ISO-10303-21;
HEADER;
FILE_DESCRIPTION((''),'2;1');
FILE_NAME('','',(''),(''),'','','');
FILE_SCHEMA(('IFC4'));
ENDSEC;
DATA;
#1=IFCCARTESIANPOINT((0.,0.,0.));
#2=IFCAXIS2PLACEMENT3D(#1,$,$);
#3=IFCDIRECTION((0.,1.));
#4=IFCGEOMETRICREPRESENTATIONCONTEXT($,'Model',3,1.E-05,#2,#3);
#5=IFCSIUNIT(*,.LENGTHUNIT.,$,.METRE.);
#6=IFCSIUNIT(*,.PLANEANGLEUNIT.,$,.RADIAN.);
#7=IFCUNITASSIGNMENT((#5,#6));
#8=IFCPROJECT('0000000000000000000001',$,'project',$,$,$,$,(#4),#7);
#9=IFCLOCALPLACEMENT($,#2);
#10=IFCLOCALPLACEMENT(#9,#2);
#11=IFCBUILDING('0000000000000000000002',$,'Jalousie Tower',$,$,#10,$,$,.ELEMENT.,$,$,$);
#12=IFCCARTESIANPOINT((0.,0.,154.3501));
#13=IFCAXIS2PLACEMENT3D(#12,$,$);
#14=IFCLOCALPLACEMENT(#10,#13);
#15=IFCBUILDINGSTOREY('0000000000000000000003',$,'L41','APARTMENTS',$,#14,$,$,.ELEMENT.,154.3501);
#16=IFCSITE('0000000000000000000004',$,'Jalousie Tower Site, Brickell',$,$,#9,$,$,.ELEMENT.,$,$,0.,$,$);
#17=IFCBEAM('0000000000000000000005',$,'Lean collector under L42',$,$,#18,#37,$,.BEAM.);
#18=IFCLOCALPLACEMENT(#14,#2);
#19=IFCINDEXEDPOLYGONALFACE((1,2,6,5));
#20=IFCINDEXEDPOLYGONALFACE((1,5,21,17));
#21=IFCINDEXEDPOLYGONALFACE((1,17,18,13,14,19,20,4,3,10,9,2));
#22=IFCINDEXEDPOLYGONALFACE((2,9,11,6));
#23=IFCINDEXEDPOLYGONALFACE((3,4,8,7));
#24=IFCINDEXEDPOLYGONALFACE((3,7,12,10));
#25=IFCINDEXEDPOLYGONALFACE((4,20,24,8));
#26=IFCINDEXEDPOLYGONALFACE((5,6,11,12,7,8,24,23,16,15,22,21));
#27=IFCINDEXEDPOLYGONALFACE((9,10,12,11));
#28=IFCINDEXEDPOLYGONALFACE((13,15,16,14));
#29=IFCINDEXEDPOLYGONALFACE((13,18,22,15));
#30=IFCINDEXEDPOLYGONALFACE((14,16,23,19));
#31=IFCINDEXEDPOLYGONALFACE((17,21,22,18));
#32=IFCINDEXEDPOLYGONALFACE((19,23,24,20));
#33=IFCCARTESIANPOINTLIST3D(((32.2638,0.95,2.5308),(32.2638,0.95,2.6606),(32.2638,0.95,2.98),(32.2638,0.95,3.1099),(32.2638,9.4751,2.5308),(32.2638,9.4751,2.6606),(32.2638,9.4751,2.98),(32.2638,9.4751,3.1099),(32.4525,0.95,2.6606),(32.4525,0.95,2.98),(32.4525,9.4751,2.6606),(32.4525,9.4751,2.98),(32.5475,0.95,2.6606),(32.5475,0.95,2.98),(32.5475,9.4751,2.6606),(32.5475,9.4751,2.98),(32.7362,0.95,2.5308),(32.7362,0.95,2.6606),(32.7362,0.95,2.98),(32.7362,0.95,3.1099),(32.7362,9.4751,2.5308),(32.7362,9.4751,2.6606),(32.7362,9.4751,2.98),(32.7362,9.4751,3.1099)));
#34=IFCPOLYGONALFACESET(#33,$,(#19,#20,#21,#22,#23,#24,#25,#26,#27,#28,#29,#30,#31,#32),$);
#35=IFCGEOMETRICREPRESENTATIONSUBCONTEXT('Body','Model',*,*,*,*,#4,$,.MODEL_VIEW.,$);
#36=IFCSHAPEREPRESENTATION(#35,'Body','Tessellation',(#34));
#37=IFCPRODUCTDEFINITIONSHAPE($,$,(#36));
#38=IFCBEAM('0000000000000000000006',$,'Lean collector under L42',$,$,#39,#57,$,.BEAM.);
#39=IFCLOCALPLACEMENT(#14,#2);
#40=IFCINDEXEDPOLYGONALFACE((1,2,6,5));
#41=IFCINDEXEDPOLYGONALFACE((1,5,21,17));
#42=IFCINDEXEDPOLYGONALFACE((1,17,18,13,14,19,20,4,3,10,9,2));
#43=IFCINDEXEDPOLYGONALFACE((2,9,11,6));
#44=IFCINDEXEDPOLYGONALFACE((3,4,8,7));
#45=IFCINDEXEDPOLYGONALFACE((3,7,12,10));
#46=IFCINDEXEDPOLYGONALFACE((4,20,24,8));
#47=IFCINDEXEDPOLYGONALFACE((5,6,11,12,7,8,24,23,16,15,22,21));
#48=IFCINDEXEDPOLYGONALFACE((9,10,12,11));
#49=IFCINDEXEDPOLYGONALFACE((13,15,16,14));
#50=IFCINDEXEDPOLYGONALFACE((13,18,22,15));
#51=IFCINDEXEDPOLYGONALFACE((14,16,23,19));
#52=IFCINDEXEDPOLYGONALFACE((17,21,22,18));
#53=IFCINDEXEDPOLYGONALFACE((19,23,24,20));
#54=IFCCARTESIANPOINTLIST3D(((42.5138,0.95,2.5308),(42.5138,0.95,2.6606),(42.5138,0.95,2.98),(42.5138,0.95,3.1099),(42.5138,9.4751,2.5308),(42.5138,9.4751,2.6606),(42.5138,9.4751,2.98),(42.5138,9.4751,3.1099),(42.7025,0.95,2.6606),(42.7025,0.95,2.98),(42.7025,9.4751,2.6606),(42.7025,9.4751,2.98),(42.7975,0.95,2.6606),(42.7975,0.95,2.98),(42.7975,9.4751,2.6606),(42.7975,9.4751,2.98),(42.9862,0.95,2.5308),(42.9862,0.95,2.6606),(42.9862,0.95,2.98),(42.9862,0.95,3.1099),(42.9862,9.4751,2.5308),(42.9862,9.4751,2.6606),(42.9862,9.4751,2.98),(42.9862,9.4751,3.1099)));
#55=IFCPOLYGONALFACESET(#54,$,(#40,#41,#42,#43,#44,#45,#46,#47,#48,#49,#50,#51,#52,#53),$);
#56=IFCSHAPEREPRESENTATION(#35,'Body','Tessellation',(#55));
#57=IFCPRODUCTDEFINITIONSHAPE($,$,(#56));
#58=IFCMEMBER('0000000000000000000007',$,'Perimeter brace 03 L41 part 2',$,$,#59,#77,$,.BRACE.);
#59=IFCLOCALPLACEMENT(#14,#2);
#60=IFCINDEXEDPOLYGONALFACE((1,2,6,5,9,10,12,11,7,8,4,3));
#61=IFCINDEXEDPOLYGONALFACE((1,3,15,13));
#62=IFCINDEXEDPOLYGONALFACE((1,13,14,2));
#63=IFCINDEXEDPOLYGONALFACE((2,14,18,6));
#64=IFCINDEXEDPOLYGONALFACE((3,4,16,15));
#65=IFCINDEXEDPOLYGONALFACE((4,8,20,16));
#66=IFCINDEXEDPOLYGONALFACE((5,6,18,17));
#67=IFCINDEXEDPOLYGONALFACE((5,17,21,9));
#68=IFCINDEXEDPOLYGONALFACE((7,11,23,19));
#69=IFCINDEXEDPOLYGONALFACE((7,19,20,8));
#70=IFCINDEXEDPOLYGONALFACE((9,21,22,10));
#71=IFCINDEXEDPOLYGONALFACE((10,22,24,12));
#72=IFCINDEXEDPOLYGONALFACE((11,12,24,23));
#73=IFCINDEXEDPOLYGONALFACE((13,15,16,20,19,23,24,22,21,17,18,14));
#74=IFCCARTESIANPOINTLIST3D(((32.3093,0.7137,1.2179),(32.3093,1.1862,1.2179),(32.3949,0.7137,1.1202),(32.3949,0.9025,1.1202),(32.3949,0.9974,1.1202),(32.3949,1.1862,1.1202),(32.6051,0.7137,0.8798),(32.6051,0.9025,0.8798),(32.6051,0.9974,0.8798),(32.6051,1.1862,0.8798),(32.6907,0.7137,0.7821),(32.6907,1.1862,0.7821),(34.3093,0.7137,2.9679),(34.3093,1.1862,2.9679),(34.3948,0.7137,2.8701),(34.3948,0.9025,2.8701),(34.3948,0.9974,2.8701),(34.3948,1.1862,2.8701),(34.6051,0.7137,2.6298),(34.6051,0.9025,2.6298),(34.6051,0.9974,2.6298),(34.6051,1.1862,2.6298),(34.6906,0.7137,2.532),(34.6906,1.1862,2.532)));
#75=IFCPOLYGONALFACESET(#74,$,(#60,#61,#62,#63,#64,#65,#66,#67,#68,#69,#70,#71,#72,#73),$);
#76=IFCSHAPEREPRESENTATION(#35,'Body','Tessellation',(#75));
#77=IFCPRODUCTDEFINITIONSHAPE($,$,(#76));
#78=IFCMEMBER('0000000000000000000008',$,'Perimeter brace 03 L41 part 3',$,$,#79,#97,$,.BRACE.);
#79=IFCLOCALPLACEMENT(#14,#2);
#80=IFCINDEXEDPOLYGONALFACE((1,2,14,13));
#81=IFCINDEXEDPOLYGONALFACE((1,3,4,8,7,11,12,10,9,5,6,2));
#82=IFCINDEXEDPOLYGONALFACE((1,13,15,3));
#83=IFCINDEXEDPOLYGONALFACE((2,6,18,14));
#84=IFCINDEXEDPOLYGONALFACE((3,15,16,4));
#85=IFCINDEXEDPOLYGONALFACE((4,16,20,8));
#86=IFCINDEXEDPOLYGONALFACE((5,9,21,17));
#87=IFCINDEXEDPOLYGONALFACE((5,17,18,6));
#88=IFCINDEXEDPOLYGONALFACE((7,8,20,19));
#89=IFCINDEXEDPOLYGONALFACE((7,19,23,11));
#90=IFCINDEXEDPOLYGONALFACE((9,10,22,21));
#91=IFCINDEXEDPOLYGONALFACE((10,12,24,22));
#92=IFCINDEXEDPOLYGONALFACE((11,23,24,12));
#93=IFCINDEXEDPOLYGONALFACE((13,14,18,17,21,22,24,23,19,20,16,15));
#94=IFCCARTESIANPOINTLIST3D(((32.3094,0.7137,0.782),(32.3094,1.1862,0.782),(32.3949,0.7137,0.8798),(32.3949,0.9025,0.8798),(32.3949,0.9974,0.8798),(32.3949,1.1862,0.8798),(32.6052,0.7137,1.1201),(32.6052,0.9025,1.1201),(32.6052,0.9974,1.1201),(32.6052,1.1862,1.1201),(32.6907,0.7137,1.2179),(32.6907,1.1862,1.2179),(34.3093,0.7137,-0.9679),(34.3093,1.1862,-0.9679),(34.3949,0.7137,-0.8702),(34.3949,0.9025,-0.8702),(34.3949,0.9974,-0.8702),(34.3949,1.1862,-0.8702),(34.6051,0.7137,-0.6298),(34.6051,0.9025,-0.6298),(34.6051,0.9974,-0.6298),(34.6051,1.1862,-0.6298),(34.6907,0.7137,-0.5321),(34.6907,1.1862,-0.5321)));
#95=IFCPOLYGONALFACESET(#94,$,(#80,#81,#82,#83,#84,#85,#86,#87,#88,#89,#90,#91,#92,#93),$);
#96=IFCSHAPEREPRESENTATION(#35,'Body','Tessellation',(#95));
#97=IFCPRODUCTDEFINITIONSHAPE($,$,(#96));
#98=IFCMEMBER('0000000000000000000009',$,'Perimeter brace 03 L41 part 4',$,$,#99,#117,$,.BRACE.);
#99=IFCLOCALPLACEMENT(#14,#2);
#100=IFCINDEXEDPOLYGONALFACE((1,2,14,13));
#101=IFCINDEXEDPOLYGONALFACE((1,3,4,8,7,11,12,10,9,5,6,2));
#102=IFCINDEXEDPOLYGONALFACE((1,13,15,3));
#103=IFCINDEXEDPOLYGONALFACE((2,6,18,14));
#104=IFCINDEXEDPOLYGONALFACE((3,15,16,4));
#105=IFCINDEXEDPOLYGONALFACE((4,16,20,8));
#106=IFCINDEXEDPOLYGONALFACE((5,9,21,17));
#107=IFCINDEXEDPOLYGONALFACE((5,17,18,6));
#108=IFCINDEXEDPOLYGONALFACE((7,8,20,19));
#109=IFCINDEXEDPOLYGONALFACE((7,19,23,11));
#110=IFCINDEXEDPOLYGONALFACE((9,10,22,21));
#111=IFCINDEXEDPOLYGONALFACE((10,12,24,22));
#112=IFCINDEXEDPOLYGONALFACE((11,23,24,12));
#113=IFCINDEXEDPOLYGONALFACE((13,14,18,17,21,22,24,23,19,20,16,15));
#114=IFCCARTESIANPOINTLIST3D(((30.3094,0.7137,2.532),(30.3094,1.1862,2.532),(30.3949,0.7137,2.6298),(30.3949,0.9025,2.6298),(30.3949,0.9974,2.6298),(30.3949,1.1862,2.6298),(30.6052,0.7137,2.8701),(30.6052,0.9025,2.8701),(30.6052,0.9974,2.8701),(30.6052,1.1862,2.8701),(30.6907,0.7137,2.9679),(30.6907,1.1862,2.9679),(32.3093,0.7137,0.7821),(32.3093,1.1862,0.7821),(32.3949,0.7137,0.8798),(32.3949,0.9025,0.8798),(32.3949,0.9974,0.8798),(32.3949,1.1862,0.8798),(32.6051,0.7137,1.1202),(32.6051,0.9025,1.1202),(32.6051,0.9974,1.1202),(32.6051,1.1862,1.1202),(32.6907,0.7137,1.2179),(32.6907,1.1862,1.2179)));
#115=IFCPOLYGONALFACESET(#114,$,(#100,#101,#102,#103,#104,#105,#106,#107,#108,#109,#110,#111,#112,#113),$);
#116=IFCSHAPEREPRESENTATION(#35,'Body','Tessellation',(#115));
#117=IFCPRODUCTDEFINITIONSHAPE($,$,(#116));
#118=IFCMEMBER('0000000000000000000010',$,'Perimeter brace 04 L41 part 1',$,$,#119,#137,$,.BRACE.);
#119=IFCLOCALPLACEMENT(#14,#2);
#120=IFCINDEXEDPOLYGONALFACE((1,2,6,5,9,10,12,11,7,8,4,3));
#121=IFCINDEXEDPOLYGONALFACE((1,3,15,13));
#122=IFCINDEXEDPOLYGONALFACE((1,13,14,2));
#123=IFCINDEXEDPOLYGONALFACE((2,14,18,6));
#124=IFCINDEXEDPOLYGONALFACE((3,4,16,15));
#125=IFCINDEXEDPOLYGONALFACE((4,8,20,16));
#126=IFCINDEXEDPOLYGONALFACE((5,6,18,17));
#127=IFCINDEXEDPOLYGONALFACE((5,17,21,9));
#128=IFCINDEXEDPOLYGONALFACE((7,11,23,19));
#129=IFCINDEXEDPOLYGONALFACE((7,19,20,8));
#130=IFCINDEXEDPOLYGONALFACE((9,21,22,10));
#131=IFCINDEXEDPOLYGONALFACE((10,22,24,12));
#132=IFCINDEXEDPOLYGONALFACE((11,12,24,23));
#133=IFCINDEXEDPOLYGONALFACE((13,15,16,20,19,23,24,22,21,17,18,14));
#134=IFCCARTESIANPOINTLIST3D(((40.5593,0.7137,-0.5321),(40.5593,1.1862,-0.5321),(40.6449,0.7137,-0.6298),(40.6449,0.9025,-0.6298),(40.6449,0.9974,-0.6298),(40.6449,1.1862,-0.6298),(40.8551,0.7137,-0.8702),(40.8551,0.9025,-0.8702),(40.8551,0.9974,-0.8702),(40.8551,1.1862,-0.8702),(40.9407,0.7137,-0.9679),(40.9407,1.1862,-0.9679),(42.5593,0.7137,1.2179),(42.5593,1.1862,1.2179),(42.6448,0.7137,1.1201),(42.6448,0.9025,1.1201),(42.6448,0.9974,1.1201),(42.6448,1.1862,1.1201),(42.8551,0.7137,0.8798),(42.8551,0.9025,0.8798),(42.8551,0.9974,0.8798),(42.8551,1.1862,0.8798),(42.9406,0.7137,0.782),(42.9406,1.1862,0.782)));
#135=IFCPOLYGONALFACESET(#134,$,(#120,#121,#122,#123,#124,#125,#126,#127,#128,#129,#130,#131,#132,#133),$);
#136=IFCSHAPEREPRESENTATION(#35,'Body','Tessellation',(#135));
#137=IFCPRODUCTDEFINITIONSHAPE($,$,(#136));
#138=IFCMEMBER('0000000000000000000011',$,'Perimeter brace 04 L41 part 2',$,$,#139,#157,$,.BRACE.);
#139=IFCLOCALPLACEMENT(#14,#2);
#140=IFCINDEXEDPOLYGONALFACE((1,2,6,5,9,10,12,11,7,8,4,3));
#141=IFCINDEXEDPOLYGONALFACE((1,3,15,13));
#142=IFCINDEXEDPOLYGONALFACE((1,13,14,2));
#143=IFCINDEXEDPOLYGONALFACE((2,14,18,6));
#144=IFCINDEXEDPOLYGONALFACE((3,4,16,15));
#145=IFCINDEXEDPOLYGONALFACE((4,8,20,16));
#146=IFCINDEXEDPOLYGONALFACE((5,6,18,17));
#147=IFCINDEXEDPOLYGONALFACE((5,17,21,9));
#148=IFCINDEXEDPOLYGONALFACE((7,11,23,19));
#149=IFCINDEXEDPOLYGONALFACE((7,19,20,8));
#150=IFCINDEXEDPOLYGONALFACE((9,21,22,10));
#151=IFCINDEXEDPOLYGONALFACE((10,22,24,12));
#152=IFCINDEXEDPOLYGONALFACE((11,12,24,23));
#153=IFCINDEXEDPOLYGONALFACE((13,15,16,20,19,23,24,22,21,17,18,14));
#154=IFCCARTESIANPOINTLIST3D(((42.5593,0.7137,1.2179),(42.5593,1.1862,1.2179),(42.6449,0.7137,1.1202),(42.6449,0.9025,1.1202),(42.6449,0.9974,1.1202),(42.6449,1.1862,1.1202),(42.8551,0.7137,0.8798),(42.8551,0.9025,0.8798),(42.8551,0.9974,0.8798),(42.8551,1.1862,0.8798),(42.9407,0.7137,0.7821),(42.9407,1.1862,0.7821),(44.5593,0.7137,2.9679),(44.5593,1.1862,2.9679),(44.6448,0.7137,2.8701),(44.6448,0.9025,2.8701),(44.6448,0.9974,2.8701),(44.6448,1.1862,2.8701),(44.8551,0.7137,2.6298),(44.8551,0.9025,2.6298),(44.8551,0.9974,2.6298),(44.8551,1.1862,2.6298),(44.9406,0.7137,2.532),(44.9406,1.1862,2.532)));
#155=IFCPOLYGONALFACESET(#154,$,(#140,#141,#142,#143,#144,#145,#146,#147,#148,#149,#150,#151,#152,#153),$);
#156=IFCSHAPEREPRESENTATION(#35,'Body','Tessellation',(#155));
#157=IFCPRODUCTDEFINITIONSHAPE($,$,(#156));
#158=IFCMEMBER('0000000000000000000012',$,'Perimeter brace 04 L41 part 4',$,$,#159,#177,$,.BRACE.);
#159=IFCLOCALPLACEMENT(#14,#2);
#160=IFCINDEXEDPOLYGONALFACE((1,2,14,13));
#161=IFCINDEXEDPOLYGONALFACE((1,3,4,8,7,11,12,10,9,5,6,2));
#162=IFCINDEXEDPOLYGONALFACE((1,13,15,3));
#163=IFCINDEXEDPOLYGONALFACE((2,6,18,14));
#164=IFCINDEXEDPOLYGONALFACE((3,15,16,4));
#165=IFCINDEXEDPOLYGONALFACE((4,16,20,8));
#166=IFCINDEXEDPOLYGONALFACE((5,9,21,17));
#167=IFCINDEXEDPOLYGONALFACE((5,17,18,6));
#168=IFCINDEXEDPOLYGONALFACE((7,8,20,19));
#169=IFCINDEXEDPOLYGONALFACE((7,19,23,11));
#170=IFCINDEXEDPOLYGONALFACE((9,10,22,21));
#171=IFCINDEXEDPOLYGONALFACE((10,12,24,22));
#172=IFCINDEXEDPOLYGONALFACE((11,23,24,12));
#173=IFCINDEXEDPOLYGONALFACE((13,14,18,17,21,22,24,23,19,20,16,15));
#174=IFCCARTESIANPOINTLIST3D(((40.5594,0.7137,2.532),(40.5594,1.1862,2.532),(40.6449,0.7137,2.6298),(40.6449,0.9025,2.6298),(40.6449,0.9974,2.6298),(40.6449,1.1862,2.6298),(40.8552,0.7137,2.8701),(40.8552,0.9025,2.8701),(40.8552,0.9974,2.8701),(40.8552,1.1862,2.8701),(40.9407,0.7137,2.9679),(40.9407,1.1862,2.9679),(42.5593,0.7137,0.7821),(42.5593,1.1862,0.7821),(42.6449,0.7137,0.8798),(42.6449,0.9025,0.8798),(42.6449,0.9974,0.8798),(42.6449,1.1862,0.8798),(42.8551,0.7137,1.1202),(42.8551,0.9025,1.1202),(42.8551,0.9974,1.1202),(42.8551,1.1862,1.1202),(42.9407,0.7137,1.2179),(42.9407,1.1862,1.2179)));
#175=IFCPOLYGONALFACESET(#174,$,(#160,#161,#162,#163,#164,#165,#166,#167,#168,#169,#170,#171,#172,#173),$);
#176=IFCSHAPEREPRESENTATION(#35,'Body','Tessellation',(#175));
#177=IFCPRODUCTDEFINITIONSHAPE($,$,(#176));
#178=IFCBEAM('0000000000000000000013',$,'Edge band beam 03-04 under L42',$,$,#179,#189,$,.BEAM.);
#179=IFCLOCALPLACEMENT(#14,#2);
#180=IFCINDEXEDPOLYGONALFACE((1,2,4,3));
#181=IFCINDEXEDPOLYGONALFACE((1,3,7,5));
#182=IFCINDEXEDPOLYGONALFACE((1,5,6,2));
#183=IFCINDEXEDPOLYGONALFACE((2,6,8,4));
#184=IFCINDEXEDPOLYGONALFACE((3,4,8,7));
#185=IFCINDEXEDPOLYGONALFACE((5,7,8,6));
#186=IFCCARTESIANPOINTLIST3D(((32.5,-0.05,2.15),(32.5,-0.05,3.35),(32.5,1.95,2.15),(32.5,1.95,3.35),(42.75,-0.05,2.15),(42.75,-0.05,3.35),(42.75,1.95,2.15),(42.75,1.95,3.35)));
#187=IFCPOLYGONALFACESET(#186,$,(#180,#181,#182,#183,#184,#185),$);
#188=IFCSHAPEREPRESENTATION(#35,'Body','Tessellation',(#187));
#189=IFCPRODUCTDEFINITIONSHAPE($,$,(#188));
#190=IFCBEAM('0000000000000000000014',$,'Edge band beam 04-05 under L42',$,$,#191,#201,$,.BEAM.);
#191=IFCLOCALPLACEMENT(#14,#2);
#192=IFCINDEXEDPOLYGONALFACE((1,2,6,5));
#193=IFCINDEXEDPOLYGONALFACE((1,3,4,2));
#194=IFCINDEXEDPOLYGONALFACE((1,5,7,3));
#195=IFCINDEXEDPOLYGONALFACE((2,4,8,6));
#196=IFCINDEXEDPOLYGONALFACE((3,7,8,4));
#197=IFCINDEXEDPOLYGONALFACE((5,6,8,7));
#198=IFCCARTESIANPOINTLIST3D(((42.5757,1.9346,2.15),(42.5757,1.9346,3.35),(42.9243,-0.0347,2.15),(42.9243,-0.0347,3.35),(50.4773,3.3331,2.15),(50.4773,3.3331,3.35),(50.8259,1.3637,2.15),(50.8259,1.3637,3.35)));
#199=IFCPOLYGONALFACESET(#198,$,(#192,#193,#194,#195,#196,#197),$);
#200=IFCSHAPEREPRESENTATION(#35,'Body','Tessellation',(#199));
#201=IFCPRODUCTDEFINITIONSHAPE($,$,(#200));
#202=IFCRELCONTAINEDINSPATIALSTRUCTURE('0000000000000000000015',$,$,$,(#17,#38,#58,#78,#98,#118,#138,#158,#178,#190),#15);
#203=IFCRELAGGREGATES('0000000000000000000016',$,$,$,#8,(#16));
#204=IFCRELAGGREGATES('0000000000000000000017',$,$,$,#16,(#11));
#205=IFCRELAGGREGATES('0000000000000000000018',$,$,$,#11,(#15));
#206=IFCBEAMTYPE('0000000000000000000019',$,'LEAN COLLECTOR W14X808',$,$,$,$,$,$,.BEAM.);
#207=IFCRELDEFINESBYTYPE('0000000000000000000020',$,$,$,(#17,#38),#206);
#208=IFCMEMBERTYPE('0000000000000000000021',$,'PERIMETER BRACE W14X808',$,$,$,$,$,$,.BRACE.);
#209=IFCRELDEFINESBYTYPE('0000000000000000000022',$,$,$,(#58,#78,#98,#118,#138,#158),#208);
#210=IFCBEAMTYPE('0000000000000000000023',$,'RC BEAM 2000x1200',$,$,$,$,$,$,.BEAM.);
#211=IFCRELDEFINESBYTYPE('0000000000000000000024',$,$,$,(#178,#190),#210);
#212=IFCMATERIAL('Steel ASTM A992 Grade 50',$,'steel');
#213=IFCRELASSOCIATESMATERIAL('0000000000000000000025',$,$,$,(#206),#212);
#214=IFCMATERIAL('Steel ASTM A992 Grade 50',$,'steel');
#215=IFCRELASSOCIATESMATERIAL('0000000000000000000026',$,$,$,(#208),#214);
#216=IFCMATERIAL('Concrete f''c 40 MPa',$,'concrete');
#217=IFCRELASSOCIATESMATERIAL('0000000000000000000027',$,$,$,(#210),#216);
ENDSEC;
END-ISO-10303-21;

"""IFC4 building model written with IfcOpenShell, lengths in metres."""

from ifc_helpers import new_model, si_unit, direction, frame, origin, origin_2d, place, context, subcontext, project, spatial, rectangle, i_section, extrude, material, material_profile, profile_set, type_object, element, save


model = new_model("IFC4")

# Units and contexts
model_context = context("Model", 3, precision=1e-05, world=origin(), true_north=direction((0.0, 1.0)))
body_context = subcontext(model_context, "Body", "Model", "MODEL_VIEW")
ifc_project = project(units=[si_unit("LENGTHUNIT", "METRE"), si_unit("PLANEANGLEUNIT", "RADIAN")], contexts=[model_context])

# Site, building, storey
site_placement = place(None, origin())
site = spatial("IfcSite", under=ifc_project, at=site_placement, Name="Jalousie Tower Site, Brickell", CompositionType="ELEMENT", RefElevation=0.0)
building_placement = place(site_placement, origin())
building = spatial("IfcBuilding", under=site, at=building_placement, Name="Jalousie Tower", CompositionType="ELEMENT")
storey_placement = place(building_placement, frame((0.0, 0.0, 154.3501)))
storey = spatial("IfcBuildingStorey", under=building, at=storey_placement, Name="L41", Description="APARTMENTS", CompositionType="ELEMENT", Elevation=154.3501)

# Beams
ifc_material_1 = material(Name="Steel ASTM A992 Grade 50", Category="steel")
ifc_material_profile_1 = material_profile(ifc_material_1, i_section(OverallWidth=0.4724, OverallDepth=0.5791, WebThickness=0.095, FlangeThickness=0.1299, at=origin_2d()), Name="W14X808")
ifc_profile_set_1 = profile_set([ifc_material_profile_1], Name="Steel ASTM A992 Grade 50")
beam_type_1 = type_object("IfcBeamType", Name="LEAN COLLECTOR W14X808", PredefinedType="BEAM", material=ifc_profile_set_1)
for number, where, z_axis, x_axis, name in (
    (1, (32.5, 0.95, 2.8203), (0.0, 1.0, 0.0), (-1.0, 0.0, 0.0), "Lean collector under L42"),
    (2, (42.75, 0.95, 2.8203), (0.0, 1.0, 0.0), (-1.0, 0.0, 0.0), "Lean collector under L42"),
):
    element("IfcBeam", number, at=place(storey_placement, frame(where, z_axis=z_axis, x_axis=x_axis)), inside=storey, type_object=beam_type_1, Name=name, PredefinedType="BEAM", context=body_context, shape_type="SweptSolid", body=[
        extrude(i_section(OverallWidth=0.4724, OverallDepth=0.5791, WebThickness=0.095, FlangeThickness=0.1299, at=origin_2d()), origin(), (0.0, 0.0, 1.0), 8.5251),
    ])

# Members
ifc_material_2 = material(Name="Steel ASTM A992 Grade 50", Category="steel")
ifc_material_profile_2 = material_profile(ifc_material_2, i_section(OverallWidth=0.4724, OverallDepth=0.5791, WebThickness=0.095, FlangeThickness=0.1299, at=origin_2d()), Name="W14X808")
ifc_profile_set_2 = profile_set([ifc_material_profile_2], Name="Steel ASTM A992 Grade 50")
member_type_1 = type_object("IfcMemberType", Name="PERIMETER BRACE W14X808", PredefinedType="BRACE", material=ifc_profile_set_2)
for number, where, z_axis, x_axis, name in (
    (3, (32.5, 0.95, 1.0), (0.752577, 0.0, 0.658505), (0.0, 1.0, 0.0), "Perimeter brace 03 L41 part 2"),
    (4, (34.5, 0.95, -0.75), (-0.752577, 0.0, 0.658505), (0.0, -1.0, 0.0), "Perimeter brace 03 L41 part 3"),
    (5, (32.5, 0.95, 1.0), (-0.752577, 0.0, 0.658505), (0.0, -1.0, 0.0), "Perimeter brace 03 L41 part 4"),
    (6, (40.75, 0.95, -0.75), (0.752577, 0.0, 0.658505), (0.0, 1.0, 0.0), "Perimeter brace 04 L41 part 1"),
    (7, (42.75, 0.95, 1.0), (0.752577, 0.0, 0.658505), (0.0, 1.0, 0.0), "Perimeter brace 04 L41 part 2"),
    (8, (42.75, 0.95, 1.0), (-0.752577, 0.0, 0.658505), (0.0, -1.0, 0.0), "Perimeter brace 04 L41 part 4"),
):
    element("IfcMember", number, at=place(storey_placement, frame(where, z_axis=z_axis, x_axis=x_axis)), inside=storey, type_object=member_type_1, Name=name, PredefinedType="BRACE", context=body_context, shape_type="SweptSolid", body=[
        extrude(i_section(OverallWidth=0.4724, OverallDepth=0.5791, WebThickness=0.095, FlangeThickness=0.1299, at=origin_2d()), origin(), (0.0, 0.0, 1.0), 2.6575),
    ])

# Beams
ifc_material_3 = material(Name="Concrete f'c 40 MPa", Category="concrete")
ifc_material_profile_3 = material_profile(ifc_material_3, rectangle(XDim=2.0, YDim=1.2, at=origin_2d()), Name="RC 2000x1200")
ifc_profile_set_3 = profile_set([ifc_material_profile_3], Name="Concrete f'c 40 MPa")
beam_type_2 = type_object("IfcBeamType", Name="RC BEAM 2000x1200", PredefinedType="BEAM", material=ifc_profile_set_3)
beam_1_placement = place(storey_placement, frame((32.5, 0.95, 2.75), z_axis=(1.0, 0.0, 0.0), x_axis=(0.0, 1.0, 0.0)))
element("IfcBeam", 9, at=beam_1_placement, inside=storey, type_object=beam_type_2, Name="Edge band beam 03-04 under L42", PredefinedType="BEAM", context=body_context, shape_type="SweptSolid", body=[
    extrude(rectangle(XDim=2.0, YDim=1.2, at=origin_2d()), origin(), (0.0, 0.0, 1.0), 10.25),
])
beam_2_placement = place(storey_placement, frame((42.75, 0.95, 2.75), z_axis=(0.984697, 0.174273, 0.0), x_axis=(-0.174273, 0.984697, 0.0)))
element("IfcBeam", 10, at=beam_2_placement, inside=storey, type_object=beam_type_2, Name="Edge band beam 04-05 under L42", PredefinedType="BEAM", context=body_context, shape_type="SweptSolid", body=[
    extrude(rectangle(XDim=2.0, YDim=1.2, at=origin_2d()), origin(), (0.0, 0.0, 1.0), 8.0244),
])

save(model, "model.ifc")
